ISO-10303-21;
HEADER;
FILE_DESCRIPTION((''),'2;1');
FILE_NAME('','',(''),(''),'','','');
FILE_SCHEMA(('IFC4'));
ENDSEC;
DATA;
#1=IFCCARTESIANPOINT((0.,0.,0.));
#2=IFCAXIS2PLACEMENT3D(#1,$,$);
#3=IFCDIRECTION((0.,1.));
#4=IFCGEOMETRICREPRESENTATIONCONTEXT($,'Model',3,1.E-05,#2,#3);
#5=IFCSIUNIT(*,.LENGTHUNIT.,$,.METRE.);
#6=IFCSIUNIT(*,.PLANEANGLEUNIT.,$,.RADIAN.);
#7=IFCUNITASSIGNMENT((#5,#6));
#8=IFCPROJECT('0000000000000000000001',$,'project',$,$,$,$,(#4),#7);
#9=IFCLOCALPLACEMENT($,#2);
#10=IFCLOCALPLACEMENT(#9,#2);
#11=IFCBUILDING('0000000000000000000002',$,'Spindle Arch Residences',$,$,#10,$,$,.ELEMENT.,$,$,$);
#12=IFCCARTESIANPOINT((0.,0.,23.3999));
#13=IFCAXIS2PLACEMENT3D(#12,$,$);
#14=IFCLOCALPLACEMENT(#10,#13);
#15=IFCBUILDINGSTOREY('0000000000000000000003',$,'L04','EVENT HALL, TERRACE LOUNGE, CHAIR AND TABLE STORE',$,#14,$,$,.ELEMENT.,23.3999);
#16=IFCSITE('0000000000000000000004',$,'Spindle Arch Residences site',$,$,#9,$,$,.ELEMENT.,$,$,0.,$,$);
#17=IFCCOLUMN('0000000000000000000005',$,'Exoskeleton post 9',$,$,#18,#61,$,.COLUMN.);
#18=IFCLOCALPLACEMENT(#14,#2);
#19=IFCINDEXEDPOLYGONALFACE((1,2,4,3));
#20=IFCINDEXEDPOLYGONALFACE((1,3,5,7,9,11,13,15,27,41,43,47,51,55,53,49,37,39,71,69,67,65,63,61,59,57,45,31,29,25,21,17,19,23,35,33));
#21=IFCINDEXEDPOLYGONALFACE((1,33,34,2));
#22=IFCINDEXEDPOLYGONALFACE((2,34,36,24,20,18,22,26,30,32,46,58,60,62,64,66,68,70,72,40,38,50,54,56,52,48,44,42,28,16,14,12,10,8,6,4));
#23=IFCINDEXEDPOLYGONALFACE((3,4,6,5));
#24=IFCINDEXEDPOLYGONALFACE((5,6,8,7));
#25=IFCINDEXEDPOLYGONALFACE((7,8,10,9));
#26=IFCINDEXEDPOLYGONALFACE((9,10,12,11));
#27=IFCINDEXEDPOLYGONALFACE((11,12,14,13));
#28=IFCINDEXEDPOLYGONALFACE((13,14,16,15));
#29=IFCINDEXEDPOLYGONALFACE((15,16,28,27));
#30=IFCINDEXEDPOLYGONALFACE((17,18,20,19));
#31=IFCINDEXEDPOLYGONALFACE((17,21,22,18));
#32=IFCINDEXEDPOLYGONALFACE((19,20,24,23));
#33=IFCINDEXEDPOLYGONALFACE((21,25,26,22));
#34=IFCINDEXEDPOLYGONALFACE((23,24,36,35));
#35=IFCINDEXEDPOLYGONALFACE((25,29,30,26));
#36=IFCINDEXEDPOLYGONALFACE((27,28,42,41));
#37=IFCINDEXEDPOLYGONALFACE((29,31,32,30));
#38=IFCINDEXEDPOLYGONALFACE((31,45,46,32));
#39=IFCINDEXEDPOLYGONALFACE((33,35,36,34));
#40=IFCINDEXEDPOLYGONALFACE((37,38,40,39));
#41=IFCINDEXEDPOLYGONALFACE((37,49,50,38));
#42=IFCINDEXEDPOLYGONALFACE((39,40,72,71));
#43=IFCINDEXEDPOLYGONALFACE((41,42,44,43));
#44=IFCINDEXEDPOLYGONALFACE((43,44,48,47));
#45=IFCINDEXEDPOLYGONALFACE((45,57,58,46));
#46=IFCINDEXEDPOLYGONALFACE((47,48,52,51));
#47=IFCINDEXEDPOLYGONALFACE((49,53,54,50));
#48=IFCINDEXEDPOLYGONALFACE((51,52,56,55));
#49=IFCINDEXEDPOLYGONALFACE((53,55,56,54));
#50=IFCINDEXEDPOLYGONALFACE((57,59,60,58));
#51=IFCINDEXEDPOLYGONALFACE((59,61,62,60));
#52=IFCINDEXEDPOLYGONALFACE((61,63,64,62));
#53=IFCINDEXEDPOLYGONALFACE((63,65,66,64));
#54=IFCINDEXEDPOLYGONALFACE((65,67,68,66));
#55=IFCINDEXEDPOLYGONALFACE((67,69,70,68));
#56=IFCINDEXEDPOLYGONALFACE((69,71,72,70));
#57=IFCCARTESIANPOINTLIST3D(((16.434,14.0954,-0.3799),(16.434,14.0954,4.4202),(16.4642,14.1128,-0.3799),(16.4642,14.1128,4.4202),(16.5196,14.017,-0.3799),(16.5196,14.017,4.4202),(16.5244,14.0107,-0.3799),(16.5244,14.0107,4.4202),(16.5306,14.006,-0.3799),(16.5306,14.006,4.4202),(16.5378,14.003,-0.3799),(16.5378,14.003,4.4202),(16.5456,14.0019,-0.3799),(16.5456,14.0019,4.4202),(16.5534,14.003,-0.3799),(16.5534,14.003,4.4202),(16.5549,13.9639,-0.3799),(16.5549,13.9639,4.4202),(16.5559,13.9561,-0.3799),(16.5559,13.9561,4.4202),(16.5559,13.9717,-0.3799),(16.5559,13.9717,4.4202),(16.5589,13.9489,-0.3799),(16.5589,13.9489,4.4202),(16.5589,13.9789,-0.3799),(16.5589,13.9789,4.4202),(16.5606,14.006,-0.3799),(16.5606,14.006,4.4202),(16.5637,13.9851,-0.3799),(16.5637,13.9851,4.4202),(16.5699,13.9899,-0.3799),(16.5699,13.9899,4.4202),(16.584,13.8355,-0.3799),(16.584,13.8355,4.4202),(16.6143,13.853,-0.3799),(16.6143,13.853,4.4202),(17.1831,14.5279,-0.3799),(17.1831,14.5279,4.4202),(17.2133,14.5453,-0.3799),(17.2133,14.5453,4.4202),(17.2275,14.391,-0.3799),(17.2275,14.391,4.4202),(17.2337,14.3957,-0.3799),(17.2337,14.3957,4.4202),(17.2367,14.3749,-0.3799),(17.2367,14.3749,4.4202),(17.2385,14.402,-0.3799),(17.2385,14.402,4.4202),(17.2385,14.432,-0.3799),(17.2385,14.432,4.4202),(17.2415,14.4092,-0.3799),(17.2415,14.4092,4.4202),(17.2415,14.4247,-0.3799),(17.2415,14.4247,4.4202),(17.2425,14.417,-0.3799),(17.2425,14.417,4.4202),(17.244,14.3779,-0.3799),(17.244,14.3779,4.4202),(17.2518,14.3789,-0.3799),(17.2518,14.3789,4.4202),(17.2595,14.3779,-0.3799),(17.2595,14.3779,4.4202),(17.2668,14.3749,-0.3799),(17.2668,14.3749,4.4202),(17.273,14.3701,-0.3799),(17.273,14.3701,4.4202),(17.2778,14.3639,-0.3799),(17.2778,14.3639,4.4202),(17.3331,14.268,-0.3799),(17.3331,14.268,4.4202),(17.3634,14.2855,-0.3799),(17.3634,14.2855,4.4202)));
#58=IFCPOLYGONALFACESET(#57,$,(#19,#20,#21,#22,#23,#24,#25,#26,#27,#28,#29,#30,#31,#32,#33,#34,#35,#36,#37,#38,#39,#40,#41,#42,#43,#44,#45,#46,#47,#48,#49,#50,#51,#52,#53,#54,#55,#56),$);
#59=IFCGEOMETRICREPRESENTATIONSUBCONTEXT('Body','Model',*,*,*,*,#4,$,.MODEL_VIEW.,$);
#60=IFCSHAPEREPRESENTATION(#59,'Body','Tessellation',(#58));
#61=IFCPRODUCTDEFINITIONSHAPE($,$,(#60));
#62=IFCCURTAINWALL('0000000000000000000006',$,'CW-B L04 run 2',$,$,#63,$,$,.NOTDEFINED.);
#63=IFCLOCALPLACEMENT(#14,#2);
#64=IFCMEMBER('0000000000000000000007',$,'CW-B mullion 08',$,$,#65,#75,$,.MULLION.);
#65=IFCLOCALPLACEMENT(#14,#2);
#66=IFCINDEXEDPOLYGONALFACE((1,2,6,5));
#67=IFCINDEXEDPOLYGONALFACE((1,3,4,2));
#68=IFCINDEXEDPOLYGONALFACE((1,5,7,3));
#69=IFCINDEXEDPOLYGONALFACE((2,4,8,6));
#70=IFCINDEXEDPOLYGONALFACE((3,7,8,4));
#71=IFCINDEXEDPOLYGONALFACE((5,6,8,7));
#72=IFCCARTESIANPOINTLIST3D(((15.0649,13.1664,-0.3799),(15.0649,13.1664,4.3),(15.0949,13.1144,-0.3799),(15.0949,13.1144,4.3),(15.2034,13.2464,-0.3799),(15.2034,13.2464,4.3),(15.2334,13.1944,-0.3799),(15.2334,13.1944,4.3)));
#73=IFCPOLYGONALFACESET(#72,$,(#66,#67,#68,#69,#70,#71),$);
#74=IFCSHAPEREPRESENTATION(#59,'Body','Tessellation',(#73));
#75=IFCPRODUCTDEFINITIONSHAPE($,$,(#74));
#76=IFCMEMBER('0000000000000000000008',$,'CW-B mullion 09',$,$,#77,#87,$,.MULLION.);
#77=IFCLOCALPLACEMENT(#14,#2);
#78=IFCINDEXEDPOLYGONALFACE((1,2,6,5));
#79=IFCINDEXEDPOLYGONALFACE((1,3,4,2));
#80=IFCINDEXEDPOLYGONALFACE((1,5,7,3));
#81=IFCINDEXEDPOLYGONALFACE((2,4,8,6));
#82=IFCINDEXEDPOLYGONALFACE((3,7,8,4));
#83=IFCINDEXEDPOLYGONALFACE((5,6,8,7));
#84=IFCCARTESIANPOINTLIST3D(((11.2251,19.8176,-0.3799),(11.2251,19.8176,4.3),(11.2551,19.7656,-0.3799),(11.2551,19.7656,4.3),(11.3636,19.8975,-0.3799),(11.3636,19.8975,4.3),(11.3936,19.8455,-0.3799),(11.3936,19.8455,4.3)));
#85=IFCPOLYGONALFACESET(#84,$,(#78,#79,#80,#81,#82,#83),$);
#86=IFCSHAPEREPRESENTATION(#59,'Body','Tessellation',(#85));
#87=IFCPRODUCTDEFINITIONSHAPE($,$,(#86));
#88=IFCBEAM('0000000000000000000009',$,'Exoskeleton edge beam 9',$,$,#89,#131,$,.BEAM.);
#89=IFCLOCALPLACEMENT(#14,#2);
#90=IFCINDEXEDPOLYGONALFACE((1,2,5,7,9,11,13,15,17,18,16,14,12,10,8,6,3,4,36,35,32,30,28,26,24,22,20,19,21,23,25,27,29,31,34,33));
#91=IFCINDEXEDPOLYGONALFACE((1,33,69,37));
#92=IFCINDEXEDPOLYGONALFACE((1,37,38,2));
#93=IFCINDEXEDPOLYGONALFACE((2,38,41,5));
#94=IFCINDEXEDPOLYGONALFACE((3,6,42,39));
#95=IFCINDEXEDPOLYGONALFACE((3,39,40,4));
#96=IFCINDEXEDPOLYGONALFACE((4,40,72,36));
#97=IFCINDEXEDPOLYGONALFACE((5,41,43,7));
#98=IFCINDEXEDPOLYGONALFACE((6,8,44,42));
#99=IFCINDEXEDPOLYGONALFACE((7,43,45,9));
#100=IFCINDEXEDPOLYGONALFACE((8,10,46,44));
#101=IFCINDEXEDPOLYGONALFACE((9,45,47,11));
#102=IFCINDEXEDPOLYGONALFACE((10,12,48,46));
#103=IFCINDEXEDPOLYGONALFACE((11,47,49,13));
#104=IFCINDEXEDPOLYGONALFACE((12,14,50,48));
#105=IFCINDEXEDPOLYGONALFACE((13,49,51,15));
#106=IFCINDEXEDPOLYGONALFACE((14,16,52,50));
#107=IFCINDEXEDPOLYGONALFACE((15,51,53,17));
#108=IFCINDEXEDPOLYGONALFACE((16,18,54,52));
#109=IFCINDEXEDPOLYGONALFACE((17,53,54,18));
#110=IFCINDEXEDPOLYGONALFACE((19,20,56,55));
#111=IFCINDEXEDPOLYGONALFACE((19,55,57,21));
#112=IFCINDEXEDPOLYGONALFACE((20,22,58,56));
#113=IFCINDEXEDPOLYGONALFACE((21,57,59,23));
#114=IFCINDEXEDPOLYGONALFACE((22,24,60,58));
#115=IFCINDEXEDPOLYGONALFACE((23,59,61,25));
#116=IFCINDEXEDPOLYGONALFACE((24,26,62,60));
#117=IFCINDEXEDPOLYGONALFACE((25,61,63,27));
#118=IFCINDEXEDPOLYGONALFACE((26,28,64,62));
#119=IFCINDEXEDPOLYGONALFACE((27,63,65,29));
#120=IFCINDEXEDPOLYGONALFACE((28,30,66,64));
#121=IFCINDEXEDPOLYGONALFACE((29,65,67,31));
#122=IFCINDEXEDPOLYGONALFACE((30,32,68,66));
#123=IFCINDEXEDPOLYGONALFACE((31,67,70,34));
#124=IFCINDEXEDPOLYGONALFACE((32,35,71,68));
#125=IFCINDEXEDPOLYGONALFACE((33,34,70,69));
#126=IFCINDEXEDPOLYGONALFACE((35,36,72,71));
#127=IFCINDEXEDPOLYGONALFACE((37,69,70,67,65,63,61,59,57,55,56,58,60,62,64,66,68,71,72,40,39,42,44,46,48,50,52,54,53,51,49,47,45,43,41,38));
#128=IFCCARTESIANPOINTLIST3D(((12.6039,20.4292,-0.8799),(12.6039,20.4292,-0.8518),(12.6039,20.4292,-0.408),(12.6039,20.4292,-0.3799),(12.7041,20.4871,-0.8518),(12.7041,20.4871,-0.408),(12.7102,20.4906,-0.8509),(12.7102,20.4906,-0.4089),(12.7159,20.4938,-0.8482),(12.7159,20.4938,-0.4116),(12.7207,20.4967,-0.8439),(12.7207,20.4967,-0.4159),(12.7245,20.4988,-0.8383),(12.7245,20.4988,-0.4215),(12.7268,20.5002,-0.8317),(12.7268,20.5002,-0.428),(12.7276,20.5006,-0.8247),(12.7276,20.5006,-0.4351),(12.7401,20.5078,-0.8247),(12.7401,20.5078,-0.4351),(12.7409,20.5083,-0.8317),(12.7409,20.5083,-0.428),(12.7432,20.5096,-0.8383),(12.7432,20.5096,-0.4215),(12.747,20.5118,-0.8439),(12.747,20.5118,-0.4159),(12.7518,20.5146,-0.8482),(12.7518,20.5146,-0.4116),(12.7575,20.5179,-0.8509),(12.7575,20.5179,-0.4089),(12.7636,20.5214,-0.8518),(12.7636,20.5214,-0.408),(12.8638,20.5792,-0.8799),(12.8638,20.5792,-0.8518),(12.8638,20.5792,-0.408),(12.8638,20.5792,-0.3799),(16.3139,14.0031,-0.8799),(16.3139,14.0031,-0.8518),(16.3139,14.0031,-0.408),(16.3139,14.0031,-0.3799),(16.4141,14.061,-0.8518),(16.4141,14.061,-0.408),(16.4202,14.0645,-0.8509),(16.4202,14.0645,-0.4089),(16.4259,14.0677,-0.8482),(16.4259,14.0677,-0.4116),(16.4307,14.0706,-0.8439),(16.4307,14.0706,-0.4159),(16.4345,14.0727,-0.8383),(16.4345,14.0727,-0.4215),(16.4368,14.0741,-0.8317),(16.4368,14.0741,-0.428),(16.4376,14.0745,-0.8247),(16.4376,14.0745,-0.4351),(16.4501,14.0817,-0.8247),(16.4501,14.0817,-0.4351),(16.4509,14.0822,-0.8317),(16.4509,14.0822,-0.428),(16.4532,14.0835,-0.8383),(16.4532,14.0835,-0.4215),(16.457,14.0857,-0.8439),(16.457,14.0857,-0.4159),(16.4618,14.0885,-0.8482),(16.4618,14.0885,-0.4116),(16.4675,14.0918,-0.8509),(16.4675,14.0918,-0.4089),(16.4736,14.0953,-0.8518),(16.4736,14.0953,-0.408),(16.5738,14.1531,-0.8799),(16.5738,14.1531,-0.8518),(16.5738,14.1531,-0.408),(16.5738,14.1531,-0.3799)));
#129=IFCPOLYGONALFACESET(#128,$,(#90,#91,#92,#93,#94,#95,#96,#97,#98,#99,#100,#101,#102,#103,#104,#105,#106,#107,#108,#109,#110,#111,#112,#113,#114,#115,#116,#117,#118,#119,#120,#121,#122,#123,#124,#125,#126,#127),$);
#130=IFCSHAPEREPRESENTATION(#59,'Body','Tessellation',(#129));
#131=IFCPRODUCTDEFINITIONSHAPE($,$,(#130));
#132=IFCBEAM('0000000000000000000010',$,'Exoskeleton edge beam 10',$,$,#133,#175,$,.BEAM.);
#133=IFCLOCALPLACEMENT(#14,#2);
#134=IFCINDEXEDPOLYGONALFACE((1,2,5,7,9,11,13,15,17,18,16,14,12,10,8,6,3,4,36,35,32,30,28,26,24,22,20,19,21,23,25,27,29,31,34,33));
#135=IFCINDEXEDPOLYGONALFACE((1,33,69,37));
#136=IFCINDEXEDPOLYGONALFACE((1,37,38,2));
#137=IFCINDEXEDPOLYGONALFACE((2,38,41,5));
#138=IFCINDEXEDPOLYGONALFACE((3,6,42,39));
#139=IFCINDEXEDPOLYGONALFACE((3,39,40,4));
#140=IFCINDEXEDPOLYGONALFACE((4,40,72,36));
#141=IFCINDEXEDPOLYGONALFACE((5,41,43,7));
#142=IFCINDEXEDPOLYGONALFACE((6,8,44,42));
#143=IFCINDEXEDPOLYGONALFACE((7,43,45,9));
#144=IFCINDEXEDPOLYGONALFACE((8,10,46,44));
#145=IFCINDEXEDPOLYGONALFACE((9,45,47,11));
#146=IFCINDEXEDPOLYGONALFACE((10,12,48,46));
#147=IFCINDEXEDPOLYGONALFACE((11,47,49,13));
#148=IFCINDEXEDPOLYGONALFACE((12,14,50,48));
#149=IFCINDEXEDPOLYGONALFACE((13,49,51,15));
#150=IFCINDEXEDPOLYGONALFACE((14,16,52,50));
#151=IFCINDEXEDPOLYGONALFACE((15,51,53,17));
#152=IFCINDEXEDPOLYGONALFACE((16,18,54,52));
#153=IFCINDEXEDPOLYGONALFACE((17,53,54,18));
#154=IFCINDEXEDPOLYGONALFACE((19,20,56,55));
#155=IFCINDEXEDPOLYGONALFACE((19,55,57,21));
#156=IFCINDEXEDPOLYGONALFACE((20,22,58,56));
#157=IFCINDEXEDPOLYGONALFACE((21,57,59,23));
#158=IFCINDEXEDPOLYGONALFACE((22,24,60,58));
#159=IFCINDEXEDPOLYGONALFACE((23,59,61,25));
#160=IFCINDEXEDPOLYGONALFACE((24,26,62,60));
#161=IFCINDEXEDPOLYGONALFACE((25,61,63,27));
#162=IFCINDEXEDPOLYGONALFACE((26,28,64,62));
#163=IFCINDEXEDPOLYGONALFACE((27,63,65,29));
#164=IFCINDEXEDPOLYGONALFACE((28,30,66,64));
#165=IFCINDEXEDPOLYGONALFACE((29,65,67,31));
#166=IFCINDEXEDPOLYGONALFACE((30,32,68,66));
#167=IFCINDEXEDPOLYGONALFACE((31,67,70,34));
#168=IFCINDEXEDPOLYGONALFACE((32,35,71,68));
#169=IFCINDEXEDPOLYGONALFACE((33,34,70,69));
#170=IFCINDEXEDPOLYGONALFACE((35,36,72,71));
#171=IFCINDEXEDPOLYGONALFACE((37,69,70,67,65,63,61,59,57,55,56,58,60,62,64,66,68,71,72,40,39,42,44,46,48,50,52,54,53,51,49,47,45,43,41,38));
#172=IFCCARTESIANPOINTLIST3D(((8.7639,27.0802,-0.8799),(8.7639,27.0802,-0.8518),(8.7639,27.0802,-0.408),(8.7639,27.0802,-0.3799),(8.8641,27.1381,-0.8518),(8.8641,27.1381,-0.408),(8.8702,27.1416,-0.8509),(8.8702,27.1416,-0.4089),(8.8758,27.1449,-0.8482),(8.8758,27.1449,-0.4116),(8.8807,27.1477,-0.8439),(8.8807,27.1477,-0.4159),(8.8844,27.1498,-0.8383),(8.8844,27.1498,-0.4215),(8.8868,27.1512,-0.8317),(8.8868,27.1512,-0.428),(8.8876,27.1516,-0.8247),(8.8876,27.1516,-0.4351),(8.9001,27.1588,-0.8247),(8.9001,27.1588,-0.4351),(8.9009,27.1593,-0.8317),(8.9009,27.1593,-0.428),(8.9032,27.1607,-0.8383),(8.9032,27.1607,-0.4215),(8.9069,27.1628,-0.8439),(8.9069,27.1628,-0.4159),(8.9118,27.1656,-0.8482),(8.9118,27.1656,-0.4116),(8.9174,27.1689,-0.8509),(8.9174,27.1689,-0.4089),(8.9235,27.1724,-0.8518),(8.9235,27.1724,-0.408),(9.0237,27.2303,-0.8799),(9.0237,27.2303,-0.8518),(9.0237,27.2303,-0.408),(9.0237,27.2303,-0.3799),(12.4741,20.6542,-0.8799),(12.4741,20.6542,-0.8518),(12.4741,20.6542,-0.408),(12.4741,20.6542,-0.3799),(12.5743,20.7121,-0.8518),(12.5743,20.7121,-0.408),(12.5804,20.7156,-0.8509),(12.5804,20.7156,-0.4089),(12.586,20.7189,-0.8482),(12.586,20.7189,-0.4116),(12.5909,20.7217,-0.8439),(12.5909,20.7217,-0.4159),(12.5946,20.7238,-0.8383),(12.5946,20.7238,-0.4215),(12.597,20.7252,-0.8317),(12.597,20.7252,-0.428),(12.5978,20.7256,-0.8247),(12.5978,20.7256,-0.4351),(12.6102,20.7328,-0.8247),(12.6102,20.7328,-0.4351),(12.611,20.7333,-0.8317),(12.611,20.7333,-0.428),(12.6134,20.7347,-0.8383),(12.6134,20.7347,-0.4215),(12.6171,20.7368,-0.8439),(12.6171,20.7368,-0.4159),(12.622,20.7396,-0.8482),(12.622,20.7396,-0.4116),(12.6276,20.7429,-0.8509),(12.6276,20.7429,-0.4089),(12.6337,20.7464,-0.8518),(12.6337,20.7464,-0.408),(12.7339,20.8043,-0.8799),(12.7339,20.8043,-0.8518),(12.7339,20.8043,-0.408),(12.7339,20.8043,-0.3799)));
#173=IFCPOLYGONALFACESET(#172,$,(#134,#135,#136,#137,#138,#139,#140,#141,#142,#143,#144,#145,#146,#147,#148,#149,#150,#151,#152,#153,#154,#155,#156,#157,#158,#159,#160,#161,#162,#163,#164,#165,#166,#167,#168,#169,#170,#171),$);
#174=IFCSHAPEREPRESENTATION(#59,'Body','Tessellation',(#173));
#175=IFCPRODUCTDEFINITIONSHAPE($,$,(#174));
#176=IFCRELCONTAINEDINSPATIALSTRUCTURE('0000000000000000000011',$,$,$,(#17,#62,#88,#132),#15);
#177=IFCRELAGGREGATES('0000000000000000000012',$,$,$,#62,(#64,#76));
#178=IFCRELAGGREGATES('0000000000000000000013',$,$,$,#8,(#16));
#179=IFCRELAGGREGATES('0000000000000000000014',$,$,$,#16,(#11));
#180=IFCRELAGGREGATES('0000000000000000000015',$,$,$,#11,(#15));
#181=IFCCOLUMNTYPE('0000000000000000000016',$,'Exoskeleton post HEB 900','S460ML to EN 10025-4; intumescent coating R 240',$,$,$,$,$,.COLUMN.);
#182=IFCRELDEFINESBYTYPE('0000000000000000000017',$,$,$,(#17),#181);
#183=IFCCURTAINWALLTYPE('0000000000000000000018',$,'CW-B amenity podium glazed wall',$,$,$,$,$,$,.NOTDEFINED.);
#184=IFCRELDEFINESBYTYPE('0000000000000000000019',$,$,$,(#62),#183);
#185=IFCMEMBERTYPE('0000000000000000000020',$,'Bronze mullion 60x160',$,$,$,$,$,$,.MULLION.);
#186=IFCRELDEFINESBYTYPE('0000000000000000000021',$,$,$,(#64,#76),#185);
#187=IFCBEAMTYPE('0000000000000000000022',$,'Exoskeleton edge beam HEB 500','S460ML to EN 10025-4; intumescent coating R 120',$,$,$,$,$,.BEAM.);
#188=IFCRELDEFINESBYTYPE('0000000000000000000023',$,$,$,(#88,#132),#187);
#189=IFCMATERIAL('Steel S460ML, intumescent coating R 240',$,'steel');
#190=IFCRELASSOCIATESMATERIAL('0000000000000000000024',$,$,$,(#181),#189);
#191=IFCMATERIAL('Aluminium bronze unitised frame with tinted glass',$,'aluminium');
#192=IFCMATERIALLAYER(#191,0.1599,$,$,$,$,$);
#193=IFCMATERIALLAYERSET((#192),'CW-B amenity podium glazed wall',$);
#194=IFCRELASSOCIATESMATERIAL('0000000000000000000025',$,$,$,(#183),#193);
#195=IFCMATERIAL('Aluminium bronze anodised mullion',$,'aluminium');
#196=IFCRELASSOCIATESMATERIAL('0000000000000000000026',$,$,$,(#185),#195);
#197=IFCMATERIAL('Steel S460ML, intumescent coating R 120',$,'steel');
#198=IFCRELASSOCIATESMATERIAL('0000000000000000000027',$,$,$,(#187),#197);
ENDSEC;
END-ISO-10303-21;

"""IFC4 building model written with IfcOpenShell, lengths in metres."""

from ifc_helpers import new_model, si_unit, direction, frame, origin, origin_2d, place, context, subcontext, project, spatial, rectangle, i_section, extrude, material, layer, layer_set, material_profile, profile_set, type_object, element, aggregate, save


model = new_model("IFC4")

# Units and contexts
model_context = context("Model", 3, precision=1e-05, world=origin(), true_north=direction((0.0, 1.0)))
body_context = subcontext(model_context, "Body", "Model", "MODEL_VIEW")
ifc_project = project(units=[si_unit("LENGTHUNIT", "METRE"), si_unit("PLANEANGLEUNIT", "RADIAN")], contexts=[model_context])

# Site, building, storey
site_placement = place(None, origin())
site = spatial("IfcSite", under=ifc_project, at=site_placement, Name="Spindle Arch Residences site", CompositionType="ELEMENT", RefElevation=0.0)
building_placement = place(site_placement, origin())
building = spatial("IfcBuilding", under=site, at=building_placement, Name="Spindle Arch Residences", CompositionType="ELEMENT")
storey_placement = place(building_placement, frame((0.0, 0.0, 23.3999)))
storey = spatial("IfcBuildingStorey", under=building, at=storey_placement, Name="L04", Description="EVENT HALL, TERRACE LOUNGE, CHAIR AND TABLE STORE", CompositionType="ELEMENT", Elevation=23.3999)

# Column
ifc_material_1 = material(Name="Steel S460ML, intumescent coating R 240", Category="steel")
ifc_material_profile_1 = material_profile(ifc_material_1, i_section(OverallWidth=0.3, OverallDepth=0.8999, WebThickness=0.0186, FlangeThickness=0.0349, FilletRadius=0.03, at=origin_2d()), Name="HEB 900")
ifc_profile_set_1 = profile_set([ifc_material_profile_1], Name="Steel S460ML, intumescent coating R 240")
column_type = type_object("IfcColumnType", Name="Exoskeleton post HEB 900", Description="S460ML to EN 10025-4; intumescent coating R 240", PredefinedType="COLUMN", material=ifc_profile_set_1)
column_placement = place(storey_placement, frame((16.8987, 14.1904, -0.3799), z_axis=(0.0, 0.0, 1.0), x_axis=(0.5, -0.866025, 0.0)))
element("IfcColumn", 1, at=column_placement, inside=storey, type_object=column_type, Name="Exoskeleton post 9", PredefinedType="COLUMN", context=body_context, shape_type="SweptSolid", body=[
    extrude(i_section(OverallWidth=0.3, OverallDepth=0.8999, WebThickness=0.0186, FlangeThickness=0.0349, FilletRadius=0.03, at=origin_2d()), origin(), (0.0, 0.0, 1.0), 4.8),
])

# Curtain wall, members
ifc_material_2 = material(Name="Aluminium bronze unitised frame with tinted glass", Category="aluminium")
ifc_layer_1 = layer(ifc_material_2, 0.1599)
ifc_layer_set_1 = layer_set([ifc_layer_1], Name="CW-B amenity podium glazed wall")
curtain_wall_type = type_object("IfcCurtainWallType", Name="CW-B amenity podium glazed wall", PredefinedType="NOTDEFINED", material=ifc_layer_set_1)
curtain_wall_placement = place(storey_placement, origin())
curtain_wall = element("IfcCurtainWall", 2, at=curtain_wall_placement, inside=storey, type_object=curtain_wall_type, Name="CW-B L04 run 2", PredefinedType="NOTDEFINED")
ifc_material_3 = material(Name="Aluminium bronze anodised mullion", Category="aluminium")
ifc_material_profile_2 = material_profile(ifc_material_3, rectangle(XDim=0.1599, YDim=0.0601, at=origin_2d()), Name="MU 60x160")
ifc_profile_set_2 = profile_set([ifc_material_profile_2], Name="Aluminium bronze anodised mullion")
member_type = type_object("IfcMemberType", Name="Bronze mullion 60x160", PredefinedType="MULLION", material=ifc_profile_set_2)
member_1_placement = place(storey_placement, frame((15.1492, 13.1804, -0.3799), z_axis=(0.0, 0.0, 1.0), x_axis=(-0.866025, -0.5, 0.0)))
member_1 = element("IfcMember", 3, at=member_1_placement, type_object=member_type, Name="CW-B mullion 08", PredefinedType="MULLION", context=body_context, shape_type="SweptSolid", body=[
    extrude(rectangle(XDim=0.1599, YDim=0.0601, at=origin_2d()), origin(), (0.0, 0.0, 1.0), 4.6799),
])
member_2_placement = place(storey_placement, frame((11.3093, 19.8315, -0.3799), z_axis=(0.0, 0.0, 1.0), x_axis=(-0.866025, -0.5, 0.0)))
member_2 = element("IfcMember", 4, at=member_2_placement, type_object=member_type, Name="CW-B mullion 09", PredefinedType="MULLION", context=body_context, shape_type="SweptSolid", body=[
    extrude(rectangle(XDim=0.1599, YDim=0.0601, at=origin_2d()), origin(), (0.0, 0.0, 1.0), 4.6799),
])

# Beams
ifc_material_4 = material(Name="Steel S460ML, intumescent coating R 120", Category="steel")
ifc_material_profile_3 = material_profile(ifc_material_4, i_section(OverallWidth=0.3, OverallDepth=0.5, WebThickness=0.0144, FlangeThickness=0.0281, FilletRadius=0.0271, at=origin_2d()), Name="HEB 500")
ifc_profile_set_3 = profile_set([ifc_material_profile_3], Name="Steel S460ML, intumescent coating R 120")
beam_type_1 = type_object("IfcBeamType", Name="Exoskeleton edge beam HEB 500", Description="S460ML to EN 10025-4; intumescent coating R 120", PredefinedType="BEAM", material=ifc_profile_set_3)
for number, where, z_axis, x_axis, name in (
    (5, (16.4438, 14.0781, -0.6299), (-0.499989, 0.866032, 0.0), (-0.866032, -0.499989, 0.0), "Exoskeleton edge beam 9"),
    (6, (12.604, 20.7292, -0.6299), (-0.500014, 0.866017, 0.0), (-0.866017, -0.500014, 0.0), "Exoskeleton edge beam 10"),
):
    element("IfcBeam", number, at=place(storey_placement, frame(where, z_axis=z_axis, x_axis=x_axis)), inside=storey, type_object=beam_type_1, Name=name, PredefinedType="BEAM", context=body_context, shape_type="SweptSolid", body=[
        extrude(i_section(OverallWidth=0.3, OverallDepth=0.5, WebThickness=0.0144, FlangeThickness=0.0281, FilletRadius=0.0271, at=origin_2d()), origin(), (0.0, 0.0, 1.0), 7.4202),
    ])

aggregate(curtain_wall, [member_1, member_2])

save(model, "model.ifc")
